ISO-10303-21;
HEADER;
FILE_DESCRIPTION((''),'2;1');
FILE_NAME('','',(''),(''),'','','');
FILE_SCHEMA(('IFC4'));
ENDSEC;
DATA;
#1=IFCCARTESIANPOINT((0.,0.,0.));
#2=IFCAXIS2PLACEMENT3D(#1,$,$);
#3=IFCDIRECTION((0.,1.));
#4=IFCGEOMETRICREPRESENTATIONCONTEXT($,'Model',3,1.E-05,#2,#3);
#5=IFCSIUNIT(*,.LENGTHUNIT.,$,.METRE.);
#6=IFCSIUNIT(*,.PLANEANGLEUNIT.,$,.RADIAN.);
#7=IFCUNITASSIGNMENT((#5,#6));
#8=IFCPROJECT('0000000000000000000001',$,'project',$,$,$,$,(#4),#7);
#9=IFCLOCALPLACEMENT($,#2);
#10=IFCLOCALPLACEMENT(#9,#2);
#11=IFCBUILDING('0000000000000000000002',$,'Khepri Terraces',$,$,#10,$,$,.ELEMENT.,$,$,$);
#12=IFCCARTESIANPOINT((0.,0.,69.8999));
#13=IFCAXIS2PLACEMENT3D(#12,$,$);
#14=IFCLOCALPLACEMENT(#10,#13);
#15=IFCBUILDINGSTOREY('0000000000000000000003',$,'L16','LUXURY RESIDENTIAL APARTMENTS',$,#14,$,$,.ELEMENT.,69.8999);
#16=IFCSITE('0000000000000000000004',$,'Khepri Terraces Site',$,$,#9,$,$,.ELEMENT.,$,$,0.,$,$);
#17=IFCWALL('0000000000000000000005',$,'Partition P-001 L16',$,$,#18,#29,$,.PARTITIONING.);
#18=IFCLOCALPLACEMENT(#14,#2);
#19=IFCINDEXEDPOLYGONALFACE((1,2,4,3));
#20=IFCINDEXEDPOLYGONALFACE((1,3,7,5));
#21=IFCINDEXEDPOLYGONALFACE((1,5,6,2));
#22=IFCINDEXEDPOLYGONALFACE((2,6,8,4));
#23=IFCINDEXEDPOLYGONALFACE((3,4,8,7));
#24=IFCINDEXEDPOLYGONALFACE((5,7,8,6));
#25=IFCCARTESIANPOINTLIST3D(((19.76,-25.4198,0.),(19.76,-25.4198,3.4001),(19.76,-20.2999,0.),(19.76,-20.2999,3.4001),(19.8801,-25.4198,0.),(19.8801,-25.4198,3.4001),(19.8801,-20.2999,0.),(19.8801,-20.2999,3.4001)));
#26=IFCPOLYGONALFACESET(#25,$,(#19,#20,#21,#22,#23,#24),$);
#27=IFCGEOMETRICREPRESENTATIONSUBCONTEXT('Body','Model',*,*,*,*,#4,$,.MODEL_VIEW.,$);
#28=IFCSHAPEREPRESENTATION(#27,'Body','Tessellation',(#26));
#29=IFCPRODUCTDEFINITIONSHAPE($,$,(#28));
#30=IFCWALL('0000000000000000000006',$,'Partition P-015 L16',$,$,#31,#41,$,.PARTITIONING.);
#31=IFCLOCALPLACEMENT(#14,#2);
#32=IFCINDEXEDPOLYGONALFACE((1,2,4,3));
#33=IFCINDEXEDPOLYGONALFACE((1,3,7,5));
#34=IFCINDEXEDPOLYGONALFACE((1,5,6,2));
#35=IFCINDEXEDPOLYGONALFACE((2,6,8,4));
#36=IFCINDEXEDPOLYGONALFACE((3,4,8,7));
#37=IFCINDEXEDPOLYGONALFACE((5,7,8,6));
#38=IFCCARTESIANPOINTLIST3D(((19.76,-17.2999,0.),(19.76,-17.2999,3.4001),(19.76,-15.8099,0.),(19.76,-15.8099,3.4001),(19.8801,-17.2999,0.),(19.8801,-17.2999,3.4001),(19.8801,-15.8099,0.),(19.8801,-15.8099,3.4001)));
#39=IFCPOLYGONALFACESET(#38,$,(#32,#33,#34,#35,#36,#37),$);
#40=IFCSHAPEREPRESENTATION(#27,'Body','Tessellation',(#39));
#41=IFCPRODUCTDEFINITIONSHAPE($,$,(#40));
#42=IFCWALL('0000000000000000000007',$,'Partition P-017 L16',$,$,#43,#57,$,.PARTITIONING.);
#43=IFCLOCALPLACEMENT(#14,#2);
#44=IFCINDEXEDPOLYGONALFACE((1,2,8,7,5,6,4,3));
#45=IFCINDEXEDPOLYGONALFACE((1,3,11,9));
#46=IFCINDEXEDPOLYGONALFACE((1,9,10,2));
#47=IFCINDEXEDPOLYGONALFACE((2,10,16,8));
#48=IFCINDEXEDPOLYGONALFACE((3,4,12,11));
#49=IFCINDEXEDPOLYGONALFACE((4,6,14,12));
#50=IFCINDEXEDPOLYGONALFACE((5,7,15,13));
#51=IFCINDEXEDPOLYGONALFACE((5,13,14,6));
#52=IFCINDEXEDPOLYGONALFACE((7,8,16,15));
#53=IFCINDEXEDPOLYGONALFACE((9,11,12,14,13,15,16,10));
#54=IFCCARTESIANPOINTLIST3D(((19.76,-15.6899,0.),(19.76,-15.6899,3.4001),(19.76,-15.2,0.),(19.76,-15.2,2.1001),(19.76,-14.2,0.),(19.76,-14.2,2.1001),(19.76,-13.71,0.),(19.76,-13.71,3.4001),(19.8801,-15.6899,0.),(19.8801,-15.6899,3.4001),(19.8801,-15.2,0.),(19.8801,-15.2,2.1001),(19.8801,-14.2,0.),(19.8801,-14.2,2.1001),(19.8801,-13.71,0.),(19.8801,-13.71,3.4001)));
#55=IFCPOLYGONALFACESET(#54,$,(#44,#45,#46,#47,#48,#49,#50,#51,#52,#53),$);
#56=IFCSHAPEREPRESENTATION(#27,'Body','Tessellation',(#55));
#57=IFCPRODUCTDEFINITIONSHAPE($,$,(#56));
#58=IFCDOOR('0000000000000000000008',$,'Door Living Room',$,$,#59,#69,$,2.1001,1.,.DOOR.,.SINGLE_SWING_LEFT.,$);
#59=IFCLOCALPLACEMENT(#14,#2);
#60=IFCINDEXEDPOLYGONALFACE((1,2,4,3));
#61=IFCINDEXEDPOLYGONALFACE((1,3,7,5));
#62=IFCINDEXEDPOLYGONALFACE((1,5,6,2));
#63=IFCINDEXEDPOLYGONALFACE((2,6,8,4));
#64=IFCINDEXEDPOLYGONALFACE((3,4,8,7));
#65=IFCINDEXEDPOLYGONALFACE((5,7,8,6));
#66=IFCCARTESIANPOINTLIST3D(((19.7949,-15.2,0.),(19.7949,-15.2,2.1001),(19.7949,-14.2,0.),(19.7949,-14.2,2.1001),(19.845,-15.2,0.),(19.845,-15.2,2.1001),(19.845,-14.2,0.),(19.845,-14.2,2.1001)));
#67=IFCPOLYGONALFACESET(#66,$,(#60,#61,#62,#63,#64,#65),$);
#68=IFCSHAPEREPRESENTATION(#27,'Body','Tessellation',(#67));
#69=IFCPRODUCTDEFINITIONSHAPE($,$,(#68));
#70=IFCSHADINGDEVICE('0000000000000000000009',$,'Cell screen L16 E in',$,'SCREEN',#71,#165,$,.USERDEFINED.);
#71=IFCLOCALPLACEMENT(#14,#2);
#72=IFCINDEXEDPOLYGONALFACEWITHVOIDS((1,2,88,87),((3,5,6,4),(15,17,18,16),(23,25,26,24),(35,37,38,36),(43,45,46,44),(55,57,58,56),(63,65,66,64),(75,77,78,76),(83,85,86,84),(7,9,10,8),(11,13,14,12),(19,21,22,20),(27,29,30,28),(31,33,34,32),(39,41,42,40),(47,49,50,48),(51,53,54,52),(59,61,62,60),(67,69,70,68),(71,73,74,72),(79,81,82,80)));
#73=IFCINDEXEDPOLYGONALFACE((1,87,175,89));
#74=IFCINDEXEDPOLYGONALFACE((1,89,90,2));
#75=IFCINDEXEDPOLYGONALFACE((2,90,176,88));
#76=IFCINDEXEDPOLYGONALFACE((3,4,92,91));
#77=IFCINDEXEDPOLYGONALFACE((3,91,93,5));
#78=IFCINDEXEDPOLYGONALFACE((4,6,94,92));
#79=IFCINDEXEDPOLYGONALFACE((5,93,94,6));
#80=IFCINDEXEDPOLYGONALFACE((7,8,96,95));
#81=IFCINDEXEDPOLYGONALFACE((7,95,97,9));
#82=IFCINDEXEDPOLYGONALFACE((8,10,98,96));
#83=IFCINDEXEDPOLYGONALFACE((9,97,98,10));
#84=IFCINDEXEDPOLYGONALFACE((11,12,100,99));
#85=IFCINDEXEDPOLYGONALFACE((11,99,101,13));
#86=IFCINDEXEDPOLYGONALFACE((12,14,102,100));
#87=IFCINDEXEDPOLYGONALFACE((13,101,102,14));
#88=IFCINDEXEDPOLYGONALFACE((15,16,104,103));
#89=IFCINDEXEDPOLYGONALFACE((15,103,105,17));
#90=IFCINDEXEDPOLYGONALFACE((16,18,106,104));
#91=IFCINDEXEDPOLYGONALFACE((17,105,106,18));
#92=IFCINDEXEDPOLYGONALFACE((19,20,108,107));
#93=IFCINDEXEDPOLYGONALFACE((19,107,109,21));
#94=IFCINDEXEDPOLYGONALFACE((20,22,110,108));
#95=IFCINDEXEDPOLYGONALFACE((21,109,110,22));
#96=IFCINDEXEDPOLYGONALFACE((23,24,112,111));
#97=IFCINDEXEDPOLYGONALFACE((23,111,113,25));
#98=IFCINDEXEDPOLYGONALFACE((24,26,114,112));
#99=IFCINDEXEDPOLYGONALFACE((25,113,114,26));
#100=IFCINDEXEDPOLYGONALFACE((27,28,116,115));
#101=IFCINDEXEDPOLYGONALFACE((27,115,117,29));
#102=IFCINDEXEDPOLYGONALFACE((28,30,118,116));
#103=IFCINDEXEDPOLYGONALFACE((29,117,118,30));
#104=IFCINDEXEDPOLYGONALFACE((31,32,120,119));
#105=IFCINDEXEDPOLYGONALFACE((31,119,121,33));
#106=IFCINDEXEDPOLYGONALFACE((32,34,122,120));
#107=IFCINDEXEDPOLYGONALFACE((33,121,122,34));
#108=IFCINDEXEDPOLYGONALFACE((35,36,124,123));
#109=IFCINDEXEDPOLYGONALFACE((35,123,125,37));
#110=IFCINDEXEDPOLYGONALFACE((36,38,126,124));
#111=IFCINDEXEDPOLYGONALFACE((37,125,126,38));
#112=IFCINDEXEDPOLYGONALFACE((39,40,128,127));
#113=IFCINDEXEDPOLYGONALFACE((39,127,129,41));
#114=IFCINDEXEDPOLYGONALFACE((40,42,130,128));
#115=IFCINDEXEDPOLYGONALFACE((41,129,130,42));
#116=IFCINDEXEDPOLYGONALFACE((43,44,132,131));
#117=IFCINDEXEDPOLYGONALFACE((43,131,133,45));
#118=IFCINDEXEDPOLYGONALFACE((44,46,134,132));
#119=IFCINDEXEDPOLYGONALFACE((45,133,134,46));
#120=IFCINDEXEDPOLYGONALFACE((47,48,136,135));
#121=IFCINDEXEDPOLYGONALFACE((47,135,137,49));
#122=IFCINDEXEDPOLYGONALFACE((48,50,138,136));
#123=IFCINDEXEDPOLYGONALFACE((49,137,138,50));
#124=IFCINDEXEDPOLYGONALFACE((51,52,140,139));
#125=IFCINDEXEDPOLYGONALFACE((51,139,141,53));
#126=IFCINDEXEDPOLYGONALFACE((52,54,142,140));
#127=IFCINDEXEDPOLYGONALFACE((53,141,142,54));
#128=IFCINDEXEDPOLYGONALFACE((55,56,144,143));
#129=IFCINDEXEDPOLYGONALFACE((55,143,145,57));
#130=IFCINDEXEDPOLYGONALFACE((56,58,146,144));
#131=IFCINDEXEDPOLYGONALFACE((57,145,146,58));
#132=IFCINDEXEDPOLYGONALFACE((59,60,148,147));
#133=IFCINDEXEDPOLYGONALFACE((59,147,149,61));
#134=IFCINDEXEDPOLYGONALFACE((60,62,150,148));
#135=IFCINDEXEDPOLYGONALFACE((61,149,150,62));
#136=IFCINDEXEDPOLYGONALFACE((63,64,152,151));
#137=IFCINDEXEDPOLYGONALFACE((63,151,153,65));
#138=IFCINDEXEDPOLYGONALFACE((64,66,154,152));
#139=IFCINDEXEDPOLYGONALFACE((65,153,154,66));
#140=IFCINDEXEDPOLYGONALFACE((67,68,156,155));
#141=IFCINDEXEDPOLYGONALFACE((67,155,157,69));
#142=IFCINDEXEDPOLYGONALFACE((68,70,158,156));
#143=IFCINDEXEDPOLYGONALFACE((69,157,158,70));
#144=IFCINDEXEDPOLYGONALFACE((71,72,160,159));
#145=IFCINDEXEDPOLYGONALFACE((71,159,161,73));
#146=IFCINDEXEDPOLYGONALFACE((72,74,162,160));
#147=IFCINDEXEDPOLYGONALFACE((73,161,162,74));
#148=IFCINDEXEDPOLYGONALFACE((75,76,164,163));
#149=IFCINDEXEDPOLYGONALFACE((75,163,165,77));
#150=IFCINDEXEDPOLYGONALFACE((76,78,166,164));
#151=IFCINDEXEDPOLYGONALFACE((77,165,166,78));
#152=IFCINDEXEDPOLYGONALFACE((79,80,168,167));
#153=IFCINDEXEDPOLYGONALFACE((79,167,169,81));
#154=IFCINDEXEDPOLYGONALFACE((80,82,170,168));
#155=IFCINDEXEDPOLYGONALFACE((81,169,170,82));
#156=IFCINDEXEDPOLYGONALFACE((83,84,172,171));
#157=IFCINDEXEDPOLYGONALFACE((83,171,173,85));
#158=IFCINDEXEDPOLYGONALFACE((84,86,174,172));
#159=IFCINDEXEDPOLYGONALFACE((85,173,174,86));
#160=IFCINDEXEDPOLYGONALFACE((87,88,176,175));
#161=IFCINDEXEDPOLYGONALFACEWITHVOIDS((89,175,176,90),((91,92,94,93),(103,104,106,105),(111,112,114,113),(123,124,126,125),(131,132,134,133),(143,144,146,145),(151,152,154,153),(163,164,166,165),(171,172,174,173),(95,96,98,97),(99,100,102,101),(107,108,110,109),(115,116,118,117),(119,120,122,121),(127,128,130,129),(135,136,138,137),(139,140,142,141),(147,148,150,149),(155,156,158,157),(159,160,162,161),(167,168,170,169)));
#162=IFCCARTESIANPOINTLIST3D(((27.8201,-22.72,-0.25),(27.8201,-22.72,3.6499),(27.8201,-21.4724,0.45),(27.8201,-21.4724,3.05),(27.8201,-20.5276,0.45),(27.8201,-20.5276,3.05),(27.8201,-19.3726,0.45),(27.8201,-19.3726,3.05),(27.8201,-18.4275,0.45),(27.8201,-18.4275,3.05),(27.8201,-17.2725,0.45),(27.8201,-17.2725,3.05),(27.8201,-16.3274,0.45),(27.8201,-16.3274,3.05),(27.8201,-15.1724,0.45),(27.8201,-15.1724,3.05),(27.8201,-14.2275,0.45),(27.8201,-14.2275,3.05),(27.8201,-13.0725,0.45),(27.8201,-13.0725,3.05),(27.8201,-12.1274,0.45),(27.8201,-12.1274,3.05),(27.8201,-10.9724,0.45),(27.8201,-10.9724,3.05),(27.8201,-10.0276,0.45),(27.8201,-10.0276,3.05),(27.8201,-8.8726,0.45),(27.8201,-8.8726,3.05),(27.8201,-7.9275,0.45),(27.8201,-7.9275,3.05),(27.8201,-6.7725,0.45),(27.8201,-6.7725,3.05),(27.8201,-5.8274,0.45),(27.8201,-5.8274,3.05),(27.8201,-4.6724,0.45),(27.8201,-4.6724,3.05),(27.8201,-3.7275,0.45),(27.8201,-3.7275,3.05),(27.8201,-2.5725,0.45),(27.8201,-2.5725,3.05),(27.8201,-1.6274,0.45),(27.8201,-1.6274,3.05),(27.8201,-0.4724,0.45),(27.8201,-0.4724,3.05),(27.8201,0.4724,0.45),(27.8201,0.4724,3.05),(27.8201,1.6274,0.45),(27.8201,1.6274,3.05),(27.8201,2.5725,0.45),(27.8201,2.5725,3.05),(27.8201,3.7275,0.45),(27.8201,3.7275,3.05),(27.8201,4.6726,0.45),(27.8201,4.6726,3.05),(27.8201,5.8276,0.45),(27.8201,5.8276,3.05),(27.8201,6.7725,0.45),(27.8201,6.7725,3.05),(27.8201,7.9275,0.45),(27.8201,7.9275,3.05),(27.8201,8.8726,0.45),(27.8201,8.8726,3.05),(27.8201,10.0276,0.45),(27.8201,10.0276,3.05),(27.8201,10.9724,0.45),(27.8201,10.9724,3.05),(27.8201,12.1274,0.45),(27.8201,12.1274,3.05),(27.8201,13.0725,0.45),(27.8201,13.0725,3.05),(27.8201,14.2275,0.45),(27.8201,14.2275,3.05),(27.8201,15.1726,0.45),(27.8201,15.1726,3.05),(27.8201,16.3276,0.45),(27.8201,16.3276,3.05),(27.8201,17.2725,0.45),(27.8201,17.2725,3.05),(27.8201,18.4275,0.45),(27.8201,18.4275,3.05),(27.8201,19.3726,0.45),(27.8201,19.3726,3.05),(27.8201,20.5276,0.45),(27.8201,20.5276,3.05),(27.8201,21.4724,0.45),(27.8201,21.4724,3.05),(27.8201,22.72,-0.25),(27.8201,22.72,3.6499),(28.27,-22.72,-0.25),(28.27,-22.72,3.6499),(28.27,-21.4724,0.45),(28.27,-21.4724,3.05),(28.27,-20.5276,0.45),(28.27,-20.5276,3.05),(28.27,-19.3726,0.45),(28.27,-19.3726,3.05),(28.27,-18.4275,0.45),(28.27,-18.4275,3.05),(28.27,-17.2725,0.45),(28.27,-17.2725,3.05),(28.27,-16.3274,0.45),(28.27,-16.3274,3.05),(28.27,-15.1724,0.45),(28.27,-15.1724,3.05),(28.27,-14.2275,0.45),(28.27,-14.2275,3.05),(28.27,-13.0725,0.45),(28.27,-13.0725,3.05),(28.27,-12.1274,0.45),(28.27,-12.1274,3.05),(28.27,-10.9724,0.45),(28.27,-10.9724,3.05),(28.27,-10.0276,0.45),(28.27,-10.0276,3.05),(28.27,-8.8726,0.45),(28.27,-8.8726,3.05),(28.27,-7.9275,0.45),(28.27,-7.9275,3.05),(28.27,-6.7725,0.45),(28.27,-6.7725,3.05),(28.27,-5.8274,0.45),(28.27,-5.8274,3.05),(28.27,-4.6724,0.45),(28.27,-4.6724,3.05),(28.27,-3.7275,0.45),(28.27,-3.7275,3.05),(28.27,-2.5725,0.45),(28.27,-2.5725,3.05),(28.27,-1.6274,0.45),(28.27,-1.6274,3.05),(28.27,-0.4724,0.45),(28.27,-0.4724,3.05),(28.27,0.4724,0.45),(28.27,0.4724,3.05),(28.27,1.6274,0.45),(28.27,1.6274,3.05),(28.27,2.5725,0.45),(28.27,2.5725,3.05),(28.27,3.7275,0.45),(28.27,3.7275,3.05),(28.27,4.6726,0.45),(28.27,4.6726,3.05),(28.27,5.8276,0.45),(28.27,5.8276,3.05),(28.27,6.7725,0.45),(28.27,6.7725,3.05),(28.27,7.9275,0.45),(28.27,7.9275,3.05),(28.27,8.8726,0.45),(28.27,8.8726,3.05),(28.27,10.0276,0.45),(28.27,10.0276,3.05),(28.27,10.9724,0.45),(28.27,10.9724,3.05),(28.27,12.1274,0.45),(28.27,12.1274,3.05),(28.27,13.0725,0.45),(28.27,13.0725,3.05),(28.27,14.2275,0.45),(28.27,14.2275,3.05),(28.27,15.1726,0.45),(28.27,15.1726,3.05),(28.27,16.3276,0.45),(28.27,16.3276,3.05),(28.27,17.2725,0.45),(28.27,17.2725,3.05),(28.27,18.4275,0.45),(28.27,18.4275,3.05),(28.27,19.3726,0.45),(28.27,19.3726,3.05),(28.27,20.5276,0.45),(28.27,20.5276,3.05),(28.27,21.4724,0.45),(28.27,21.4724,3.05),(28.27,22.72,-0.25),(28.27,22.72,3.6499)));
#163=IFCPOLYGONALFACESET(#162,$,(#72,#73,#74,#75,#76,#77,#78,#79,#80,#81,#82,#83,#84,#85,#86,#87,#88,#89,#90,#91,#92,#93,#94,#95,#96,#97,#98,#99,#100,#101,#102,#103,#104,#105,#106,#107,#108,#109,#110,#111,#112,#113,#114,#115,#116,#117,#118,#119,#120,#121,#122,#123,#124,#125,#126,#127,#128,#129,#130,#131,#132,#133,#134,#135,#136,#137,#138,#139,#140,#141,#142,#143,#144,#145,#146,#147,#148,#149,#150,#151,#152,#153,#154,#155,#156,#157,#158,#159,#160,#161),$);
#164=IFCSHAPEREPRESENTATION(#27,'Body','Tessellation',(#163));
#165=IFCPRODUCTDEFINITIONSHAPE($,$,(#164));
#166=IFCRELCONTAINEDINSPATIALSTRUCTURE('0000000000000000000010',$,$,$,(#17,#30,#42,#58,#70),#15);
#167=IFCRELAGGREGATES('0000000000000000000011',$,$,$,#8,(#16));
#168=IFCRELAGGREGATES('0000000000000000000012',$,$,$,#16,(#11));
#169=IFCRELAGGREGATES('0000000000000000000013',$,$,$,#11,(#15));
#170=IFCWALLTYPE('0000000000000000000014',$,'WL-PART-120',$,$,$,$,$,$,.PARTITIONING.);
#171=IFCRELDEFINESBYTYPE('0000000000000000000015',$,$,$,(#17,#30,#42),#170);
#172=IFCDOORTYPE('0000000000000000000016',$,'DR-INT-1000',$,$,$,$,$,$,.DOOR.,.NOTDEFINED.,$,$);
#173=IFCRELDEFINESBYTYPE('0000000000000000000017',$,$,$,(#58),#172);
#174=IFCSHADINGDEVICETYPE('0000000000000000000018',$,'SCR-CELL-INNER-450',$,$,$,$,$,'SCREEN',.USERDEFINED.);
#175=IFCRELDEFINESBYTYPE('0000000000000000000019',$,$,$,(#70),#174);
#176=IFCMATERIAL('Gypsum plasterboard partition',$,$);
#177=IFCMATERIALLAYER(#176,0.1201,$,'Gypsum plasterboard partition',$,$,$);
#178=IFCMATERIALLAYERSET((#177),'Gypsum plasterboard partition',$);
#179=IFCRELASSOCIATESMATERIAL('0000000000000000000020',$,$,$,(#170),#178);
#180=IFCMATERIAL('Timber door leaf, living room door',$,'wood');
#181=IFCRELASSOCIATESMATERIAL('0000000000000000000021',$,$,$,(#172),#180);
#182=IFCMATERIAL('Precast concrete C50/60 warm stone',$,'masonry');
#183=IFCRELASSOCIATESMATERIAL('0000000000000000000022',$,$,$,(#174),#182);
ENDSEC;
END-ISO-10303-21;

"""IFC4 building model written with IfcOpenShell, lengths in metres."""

from ifc_helpers import new_model, si_unit, direction, frame, frame_2d, origin, place, context, subcontext, project, spatial, polyline, rectangle, outline, extrude, material, layer, layer_set, type_object, element, fill, save


model = new_model("IFC4")

# Units and contexts
model_context = context("Model", 3, precision=1e-05, world=origin(), true_north=direction((0.0, 1.0)))
body_context = subcontext(model_context, "Body", "Model", "MODEL_VIEW")
ifc_project = project(units=[si_unit("LENGTHUNIT", "METRE"), si_unit("PLANEANGLEUNIT", "RADIAN")], contexts=[model_context])

# Site, building, storey
site_placement = place(None, origin())
site = spatial("IfcSite", under=ifc_project, at=site_placement, Name="Khepri Terraces Site", CompositionType="ELEMENT", RefElevation=0.0)
building_placement = place(site_placement, origin())
building = spatial("IfcBuilding", under=site, at=building_placement, Name="Khepri Terraces", CompositionType="ELEMENT")
storey_placement = place(building_placement, frame((0.0, 0.0, 69.8999)))
storey = spatial("IfcBuildingStorey", under=building, at=storey_placement, Name="L16", Description="LUXURY RESIDENTIAL APARTMENTS", CompositionType="ELEMENT", Elevation=69.8999)

# Shared definitions
ifc_material_1 = material(Name="Precast concrete C50/60 warm stone", Category="masonry")

# Walls
ifc_material_2 = material(Name="Gypsum plasterboard partition")
ifc_layer_1 = layer(ifc_material_2, 0.1201, Name="Gypsum plasterboard partition")
ifc_layer_set_1 = layer_set([ifc_layer_1], Name="Gypsum plasterboard partition")
wall_type_1 = type_object("IfcWallType", Name="WL-PART-120", PredefinedType="PARTITIONING", material=ifc_layer_set_1)
wall_1_placement = place(storey_placement, frame((19.8201, -25.4199, 0.0), z_axis=(0.0, 0.0, 1.0), x_axis=(0.0, 1.0, 0.0)))
element("IfcWall", 1, at=wall_1_placement, inside=storey, type_object=wall_type_1, Name="Partition P-001 L16", PredefinedType="PARTITIONING", context=body_context, shape_type="SweptSolid", body=[
    extrude(rectangle(XDim=5.1199, YDim=0.1201, at=frame_2d((2.5601, 0.0))), origin(), (0.0, 0.0, 1.0), 3.4001),
])
wall_2_placement = place(storey_placement, frame((19.8201, -17.3, 0.0), z_axis=(0.0, 0.0, 1.0), x_axis=(0.0, 1.0, 0.0)))
element("IfcWall", 2, at=wall_2_placement, inside=storey, type_object=wall_type_1, Name="Partition P-015 L16", PredefinedType="PARTITIONING", context=body_context, shape_type="SweptSolid", body=[
    extrude(rectangle(XDim=1.49, YDim=0.1201, at=frame_2d((0.7451, 0.0))), origin(), (0.0, 0.0, 1.0), 3.4001),
])

# Wall, opening, door
wall_3_placement = place(storey_placement, frame((19.8201, -15.6899, 0.0), z_axis=(0.0, 0.0, 1.0), x_axis=(0.0, 1.0, 0.0)))
wall_3 = element("IfcWall", 3, at=wall_3_placement, inside=storey, type_object=wall_type_1, Name="Partition P-017 L16", PredefinedType="PARTITIONING", context=body_context, shape_type="SweptSolid", body=[
    extrude(rectangle(XDim=1.98, YDim=0.1201, at=frame_2d((0.99, 0.0))), origin(), (0.0, 0.0, 1.0), 3.4001),
])
opening_1_placement = place(wall_3_placement, frame((0.49, 0.0, 0.0)))
opening_1 = element("IfcOpeningElement", 4, at=opening_1_placement, cuts=wall_3, PredefinedType="OPENING", context=body_context, shape_type="SweptSolid", body=[
    extrude(rectangle(XDim=1.0, YDim=2.1001, at=frame_2d((0.5, 1.05))), frame((0.0, 0.0701, 0.0), z_axis=(0.0, -1.0, 0.0), x_axis=(1.0, 0.0, 0.0)), (0.0, 0.0, 1.0), 0.1401),
])
ifc_material_3 = material(Name="Timber door leaf, living room door", Category="wood")
door_type_1 = type_object("IfcDoorType", Name="DR-INT-1000", OperationType="NOTDEFINED", PredefinedType="DOOR", material=ifc_material_3)
door_1_placement = place(opening_1_placement, frame((1.0, 0.0, 0.0), z_axis=(0.0, 0.0, 1.0), x_axis=(-1.0, 0.0, 0.0)))
door_1 = element("IfcDoor", 5, at=door_1_placement, inside=storey, type_object=door_type_1, Name="Door Living Room", OperationType="SINGLE_SWING_LEFT", OverallHeight=2.1001, OverallWidth=1.0, PredefinedType="DOOR", context=body_context, shape_type="SweptSolid", body=[
    extrude(rectangle(XDim=1.0, YDim=2.1001, at=frame_2d((0.5, 1.05))), frame((0.0, 0.0249, 0.0), z_axis=(0.0, -1.0, 0.0), x_axis=(1.0, 0.0, 0.0)), (0.0, 0.0, 1.0), 0.05),
])
fill(opening_1, door_1)

# Shading device
shading_device_type_1 = type_object("IfcShadingDeviceType", Name="SCR-CELL-INNER-450", ElementType="SCREEN", PredefinedType="USERDEFINED", material=ifc_material_1)
shading_device_1_placement = place(storey_placement, frame((27.8201, -22.72, -0.25), z_axis=(1.0, 0.0, 0.0), x_axis=(0.0, 1.0, 0.0)))
element("IfcShadingDevice", 6, at=shading_device_1_placement, inside=storey, type_object=shading_device_type_1, Name="Cell screen L16 E in", ObjectType="SCREEN", PredefinedType="USERDEFINED", context=body_context, shape_type="SweptSolid", body=[
    extrude(outline(polyline([(0.0, 0.0), (45.4399, 0.0), (45.4399, 3.8999), (0.0, 3.8999), (0.0, 0.0)]), holes=[polyline([(1.2476, 0.7), (2.1924, 0.7), (2.1924, 3.3), (1.2476, 3.3), (1.2476, 0.7)]), polyline([(3.3474, 0.7), (4.2925, 0.7), (4.2925, 3.3), (3.3474, 3.3), (3.3474, 0.7)]), polyline([(5.4475, 0.7), (6.3926, 0.7), (6.3926, 3.3), (5.4475, 3.3), (5.4475, 0.7)]), polyline([(7.5476, 0.7), (8.4924, 0.7), (8.4924, 3.3), (7.5476, 3.3), (7.5476, 0.7)]), polyline([(9.6475, 0.7), (10.5925, 0.7), (10.5925, 3.3), (9.6475, 3.3), (9.6475, 0.7)]), polyline([(11.7476, 0.7), (12.6924, 0.7), (12.6924, 3.3), (11.7476, 3.3), (11.7476, 0.7)]), polyline([(13.8474, 0.7), (14.7925, 0.7), (14.7925, 3.3), (13.8474, 3.3), (13.8474, 0.7)]), polyline([(15.9475, 0.7), (16.8926, 0.7), (16.8926, 3.3), (15.9475, 3.3), (15.9475, 0.7)]), polyline([(18.0476, 0.7), (18.9924, 0.7), (18.9924, 3.3), (18.0476, 3.3), (18.0476, 0.7)]), polyline([(20.1475, 0.7), (21.0925, 0.7), (21.0925, 3.3), (20.1475, 3.3), (20.1475, 0.7)]), polyline([(22.2476, 0.7), (23.1924, 0.7), (23.1924, 3.3), (22.2476, 3.3), (22.2476, 0.7)]), polyline([(24.3474, 0.7), (25.2925, 0.7), (25.2925, 3.3), (24.3474, 3.3), (24.3474, 0.7)]), polyline([(26.4475, 0.7), (27.3926, 0.7), (27.3926, 3.3), (26.4475, 3.3), (26.4475, 0.7)]), polyline([(28.5476, 0.7), (29.4924, 0.7), (29.4924, 3.3), (28.5476, 3.3), (28.5476, 0.7)]), polyline([(30.6475, 0.7), (31.5925, 0.7), (31.5925, 3.3), (30.6475, 3.3), (30.6475, 0.7)]), polyline([(32.7476, 0.7), (33.6924, 0.7), (33.6924, 3.3), (32.7476, 3.3), (32.7476, 0.7)]), polyline([(34.8474, 0.7), (35.7925, 0.7), (35.7925, 3.3), (34.8474, 3.3), (34.8474, 0.7)]), polyline([(36.9475, 0.7), (37.8926, 0.7), (37.8926, 3.3), (36.9475, 3.3), (36.9475, 0.7)]), polyline([(39.0476, 0.7), (39.9924, 0.7), (39.9924, 3.3), (39.0476, 3.3), (39.0476, 0.7)]), polyline([(41.1475, 0.7), (42.0925, 0.7), (42.0925, 3.3), (41.1475, 3.3), (41.1475, 0.7)]), polyline([(43.2476, 0.7), (44.1924, 0.7), (44.1924, 3.3), (43.2476, 3.3), (43.2476, 0.7)])]), origin(), (0.0, 0.0, 1.0), 0.45),
])

save(model, "model.ifc")
